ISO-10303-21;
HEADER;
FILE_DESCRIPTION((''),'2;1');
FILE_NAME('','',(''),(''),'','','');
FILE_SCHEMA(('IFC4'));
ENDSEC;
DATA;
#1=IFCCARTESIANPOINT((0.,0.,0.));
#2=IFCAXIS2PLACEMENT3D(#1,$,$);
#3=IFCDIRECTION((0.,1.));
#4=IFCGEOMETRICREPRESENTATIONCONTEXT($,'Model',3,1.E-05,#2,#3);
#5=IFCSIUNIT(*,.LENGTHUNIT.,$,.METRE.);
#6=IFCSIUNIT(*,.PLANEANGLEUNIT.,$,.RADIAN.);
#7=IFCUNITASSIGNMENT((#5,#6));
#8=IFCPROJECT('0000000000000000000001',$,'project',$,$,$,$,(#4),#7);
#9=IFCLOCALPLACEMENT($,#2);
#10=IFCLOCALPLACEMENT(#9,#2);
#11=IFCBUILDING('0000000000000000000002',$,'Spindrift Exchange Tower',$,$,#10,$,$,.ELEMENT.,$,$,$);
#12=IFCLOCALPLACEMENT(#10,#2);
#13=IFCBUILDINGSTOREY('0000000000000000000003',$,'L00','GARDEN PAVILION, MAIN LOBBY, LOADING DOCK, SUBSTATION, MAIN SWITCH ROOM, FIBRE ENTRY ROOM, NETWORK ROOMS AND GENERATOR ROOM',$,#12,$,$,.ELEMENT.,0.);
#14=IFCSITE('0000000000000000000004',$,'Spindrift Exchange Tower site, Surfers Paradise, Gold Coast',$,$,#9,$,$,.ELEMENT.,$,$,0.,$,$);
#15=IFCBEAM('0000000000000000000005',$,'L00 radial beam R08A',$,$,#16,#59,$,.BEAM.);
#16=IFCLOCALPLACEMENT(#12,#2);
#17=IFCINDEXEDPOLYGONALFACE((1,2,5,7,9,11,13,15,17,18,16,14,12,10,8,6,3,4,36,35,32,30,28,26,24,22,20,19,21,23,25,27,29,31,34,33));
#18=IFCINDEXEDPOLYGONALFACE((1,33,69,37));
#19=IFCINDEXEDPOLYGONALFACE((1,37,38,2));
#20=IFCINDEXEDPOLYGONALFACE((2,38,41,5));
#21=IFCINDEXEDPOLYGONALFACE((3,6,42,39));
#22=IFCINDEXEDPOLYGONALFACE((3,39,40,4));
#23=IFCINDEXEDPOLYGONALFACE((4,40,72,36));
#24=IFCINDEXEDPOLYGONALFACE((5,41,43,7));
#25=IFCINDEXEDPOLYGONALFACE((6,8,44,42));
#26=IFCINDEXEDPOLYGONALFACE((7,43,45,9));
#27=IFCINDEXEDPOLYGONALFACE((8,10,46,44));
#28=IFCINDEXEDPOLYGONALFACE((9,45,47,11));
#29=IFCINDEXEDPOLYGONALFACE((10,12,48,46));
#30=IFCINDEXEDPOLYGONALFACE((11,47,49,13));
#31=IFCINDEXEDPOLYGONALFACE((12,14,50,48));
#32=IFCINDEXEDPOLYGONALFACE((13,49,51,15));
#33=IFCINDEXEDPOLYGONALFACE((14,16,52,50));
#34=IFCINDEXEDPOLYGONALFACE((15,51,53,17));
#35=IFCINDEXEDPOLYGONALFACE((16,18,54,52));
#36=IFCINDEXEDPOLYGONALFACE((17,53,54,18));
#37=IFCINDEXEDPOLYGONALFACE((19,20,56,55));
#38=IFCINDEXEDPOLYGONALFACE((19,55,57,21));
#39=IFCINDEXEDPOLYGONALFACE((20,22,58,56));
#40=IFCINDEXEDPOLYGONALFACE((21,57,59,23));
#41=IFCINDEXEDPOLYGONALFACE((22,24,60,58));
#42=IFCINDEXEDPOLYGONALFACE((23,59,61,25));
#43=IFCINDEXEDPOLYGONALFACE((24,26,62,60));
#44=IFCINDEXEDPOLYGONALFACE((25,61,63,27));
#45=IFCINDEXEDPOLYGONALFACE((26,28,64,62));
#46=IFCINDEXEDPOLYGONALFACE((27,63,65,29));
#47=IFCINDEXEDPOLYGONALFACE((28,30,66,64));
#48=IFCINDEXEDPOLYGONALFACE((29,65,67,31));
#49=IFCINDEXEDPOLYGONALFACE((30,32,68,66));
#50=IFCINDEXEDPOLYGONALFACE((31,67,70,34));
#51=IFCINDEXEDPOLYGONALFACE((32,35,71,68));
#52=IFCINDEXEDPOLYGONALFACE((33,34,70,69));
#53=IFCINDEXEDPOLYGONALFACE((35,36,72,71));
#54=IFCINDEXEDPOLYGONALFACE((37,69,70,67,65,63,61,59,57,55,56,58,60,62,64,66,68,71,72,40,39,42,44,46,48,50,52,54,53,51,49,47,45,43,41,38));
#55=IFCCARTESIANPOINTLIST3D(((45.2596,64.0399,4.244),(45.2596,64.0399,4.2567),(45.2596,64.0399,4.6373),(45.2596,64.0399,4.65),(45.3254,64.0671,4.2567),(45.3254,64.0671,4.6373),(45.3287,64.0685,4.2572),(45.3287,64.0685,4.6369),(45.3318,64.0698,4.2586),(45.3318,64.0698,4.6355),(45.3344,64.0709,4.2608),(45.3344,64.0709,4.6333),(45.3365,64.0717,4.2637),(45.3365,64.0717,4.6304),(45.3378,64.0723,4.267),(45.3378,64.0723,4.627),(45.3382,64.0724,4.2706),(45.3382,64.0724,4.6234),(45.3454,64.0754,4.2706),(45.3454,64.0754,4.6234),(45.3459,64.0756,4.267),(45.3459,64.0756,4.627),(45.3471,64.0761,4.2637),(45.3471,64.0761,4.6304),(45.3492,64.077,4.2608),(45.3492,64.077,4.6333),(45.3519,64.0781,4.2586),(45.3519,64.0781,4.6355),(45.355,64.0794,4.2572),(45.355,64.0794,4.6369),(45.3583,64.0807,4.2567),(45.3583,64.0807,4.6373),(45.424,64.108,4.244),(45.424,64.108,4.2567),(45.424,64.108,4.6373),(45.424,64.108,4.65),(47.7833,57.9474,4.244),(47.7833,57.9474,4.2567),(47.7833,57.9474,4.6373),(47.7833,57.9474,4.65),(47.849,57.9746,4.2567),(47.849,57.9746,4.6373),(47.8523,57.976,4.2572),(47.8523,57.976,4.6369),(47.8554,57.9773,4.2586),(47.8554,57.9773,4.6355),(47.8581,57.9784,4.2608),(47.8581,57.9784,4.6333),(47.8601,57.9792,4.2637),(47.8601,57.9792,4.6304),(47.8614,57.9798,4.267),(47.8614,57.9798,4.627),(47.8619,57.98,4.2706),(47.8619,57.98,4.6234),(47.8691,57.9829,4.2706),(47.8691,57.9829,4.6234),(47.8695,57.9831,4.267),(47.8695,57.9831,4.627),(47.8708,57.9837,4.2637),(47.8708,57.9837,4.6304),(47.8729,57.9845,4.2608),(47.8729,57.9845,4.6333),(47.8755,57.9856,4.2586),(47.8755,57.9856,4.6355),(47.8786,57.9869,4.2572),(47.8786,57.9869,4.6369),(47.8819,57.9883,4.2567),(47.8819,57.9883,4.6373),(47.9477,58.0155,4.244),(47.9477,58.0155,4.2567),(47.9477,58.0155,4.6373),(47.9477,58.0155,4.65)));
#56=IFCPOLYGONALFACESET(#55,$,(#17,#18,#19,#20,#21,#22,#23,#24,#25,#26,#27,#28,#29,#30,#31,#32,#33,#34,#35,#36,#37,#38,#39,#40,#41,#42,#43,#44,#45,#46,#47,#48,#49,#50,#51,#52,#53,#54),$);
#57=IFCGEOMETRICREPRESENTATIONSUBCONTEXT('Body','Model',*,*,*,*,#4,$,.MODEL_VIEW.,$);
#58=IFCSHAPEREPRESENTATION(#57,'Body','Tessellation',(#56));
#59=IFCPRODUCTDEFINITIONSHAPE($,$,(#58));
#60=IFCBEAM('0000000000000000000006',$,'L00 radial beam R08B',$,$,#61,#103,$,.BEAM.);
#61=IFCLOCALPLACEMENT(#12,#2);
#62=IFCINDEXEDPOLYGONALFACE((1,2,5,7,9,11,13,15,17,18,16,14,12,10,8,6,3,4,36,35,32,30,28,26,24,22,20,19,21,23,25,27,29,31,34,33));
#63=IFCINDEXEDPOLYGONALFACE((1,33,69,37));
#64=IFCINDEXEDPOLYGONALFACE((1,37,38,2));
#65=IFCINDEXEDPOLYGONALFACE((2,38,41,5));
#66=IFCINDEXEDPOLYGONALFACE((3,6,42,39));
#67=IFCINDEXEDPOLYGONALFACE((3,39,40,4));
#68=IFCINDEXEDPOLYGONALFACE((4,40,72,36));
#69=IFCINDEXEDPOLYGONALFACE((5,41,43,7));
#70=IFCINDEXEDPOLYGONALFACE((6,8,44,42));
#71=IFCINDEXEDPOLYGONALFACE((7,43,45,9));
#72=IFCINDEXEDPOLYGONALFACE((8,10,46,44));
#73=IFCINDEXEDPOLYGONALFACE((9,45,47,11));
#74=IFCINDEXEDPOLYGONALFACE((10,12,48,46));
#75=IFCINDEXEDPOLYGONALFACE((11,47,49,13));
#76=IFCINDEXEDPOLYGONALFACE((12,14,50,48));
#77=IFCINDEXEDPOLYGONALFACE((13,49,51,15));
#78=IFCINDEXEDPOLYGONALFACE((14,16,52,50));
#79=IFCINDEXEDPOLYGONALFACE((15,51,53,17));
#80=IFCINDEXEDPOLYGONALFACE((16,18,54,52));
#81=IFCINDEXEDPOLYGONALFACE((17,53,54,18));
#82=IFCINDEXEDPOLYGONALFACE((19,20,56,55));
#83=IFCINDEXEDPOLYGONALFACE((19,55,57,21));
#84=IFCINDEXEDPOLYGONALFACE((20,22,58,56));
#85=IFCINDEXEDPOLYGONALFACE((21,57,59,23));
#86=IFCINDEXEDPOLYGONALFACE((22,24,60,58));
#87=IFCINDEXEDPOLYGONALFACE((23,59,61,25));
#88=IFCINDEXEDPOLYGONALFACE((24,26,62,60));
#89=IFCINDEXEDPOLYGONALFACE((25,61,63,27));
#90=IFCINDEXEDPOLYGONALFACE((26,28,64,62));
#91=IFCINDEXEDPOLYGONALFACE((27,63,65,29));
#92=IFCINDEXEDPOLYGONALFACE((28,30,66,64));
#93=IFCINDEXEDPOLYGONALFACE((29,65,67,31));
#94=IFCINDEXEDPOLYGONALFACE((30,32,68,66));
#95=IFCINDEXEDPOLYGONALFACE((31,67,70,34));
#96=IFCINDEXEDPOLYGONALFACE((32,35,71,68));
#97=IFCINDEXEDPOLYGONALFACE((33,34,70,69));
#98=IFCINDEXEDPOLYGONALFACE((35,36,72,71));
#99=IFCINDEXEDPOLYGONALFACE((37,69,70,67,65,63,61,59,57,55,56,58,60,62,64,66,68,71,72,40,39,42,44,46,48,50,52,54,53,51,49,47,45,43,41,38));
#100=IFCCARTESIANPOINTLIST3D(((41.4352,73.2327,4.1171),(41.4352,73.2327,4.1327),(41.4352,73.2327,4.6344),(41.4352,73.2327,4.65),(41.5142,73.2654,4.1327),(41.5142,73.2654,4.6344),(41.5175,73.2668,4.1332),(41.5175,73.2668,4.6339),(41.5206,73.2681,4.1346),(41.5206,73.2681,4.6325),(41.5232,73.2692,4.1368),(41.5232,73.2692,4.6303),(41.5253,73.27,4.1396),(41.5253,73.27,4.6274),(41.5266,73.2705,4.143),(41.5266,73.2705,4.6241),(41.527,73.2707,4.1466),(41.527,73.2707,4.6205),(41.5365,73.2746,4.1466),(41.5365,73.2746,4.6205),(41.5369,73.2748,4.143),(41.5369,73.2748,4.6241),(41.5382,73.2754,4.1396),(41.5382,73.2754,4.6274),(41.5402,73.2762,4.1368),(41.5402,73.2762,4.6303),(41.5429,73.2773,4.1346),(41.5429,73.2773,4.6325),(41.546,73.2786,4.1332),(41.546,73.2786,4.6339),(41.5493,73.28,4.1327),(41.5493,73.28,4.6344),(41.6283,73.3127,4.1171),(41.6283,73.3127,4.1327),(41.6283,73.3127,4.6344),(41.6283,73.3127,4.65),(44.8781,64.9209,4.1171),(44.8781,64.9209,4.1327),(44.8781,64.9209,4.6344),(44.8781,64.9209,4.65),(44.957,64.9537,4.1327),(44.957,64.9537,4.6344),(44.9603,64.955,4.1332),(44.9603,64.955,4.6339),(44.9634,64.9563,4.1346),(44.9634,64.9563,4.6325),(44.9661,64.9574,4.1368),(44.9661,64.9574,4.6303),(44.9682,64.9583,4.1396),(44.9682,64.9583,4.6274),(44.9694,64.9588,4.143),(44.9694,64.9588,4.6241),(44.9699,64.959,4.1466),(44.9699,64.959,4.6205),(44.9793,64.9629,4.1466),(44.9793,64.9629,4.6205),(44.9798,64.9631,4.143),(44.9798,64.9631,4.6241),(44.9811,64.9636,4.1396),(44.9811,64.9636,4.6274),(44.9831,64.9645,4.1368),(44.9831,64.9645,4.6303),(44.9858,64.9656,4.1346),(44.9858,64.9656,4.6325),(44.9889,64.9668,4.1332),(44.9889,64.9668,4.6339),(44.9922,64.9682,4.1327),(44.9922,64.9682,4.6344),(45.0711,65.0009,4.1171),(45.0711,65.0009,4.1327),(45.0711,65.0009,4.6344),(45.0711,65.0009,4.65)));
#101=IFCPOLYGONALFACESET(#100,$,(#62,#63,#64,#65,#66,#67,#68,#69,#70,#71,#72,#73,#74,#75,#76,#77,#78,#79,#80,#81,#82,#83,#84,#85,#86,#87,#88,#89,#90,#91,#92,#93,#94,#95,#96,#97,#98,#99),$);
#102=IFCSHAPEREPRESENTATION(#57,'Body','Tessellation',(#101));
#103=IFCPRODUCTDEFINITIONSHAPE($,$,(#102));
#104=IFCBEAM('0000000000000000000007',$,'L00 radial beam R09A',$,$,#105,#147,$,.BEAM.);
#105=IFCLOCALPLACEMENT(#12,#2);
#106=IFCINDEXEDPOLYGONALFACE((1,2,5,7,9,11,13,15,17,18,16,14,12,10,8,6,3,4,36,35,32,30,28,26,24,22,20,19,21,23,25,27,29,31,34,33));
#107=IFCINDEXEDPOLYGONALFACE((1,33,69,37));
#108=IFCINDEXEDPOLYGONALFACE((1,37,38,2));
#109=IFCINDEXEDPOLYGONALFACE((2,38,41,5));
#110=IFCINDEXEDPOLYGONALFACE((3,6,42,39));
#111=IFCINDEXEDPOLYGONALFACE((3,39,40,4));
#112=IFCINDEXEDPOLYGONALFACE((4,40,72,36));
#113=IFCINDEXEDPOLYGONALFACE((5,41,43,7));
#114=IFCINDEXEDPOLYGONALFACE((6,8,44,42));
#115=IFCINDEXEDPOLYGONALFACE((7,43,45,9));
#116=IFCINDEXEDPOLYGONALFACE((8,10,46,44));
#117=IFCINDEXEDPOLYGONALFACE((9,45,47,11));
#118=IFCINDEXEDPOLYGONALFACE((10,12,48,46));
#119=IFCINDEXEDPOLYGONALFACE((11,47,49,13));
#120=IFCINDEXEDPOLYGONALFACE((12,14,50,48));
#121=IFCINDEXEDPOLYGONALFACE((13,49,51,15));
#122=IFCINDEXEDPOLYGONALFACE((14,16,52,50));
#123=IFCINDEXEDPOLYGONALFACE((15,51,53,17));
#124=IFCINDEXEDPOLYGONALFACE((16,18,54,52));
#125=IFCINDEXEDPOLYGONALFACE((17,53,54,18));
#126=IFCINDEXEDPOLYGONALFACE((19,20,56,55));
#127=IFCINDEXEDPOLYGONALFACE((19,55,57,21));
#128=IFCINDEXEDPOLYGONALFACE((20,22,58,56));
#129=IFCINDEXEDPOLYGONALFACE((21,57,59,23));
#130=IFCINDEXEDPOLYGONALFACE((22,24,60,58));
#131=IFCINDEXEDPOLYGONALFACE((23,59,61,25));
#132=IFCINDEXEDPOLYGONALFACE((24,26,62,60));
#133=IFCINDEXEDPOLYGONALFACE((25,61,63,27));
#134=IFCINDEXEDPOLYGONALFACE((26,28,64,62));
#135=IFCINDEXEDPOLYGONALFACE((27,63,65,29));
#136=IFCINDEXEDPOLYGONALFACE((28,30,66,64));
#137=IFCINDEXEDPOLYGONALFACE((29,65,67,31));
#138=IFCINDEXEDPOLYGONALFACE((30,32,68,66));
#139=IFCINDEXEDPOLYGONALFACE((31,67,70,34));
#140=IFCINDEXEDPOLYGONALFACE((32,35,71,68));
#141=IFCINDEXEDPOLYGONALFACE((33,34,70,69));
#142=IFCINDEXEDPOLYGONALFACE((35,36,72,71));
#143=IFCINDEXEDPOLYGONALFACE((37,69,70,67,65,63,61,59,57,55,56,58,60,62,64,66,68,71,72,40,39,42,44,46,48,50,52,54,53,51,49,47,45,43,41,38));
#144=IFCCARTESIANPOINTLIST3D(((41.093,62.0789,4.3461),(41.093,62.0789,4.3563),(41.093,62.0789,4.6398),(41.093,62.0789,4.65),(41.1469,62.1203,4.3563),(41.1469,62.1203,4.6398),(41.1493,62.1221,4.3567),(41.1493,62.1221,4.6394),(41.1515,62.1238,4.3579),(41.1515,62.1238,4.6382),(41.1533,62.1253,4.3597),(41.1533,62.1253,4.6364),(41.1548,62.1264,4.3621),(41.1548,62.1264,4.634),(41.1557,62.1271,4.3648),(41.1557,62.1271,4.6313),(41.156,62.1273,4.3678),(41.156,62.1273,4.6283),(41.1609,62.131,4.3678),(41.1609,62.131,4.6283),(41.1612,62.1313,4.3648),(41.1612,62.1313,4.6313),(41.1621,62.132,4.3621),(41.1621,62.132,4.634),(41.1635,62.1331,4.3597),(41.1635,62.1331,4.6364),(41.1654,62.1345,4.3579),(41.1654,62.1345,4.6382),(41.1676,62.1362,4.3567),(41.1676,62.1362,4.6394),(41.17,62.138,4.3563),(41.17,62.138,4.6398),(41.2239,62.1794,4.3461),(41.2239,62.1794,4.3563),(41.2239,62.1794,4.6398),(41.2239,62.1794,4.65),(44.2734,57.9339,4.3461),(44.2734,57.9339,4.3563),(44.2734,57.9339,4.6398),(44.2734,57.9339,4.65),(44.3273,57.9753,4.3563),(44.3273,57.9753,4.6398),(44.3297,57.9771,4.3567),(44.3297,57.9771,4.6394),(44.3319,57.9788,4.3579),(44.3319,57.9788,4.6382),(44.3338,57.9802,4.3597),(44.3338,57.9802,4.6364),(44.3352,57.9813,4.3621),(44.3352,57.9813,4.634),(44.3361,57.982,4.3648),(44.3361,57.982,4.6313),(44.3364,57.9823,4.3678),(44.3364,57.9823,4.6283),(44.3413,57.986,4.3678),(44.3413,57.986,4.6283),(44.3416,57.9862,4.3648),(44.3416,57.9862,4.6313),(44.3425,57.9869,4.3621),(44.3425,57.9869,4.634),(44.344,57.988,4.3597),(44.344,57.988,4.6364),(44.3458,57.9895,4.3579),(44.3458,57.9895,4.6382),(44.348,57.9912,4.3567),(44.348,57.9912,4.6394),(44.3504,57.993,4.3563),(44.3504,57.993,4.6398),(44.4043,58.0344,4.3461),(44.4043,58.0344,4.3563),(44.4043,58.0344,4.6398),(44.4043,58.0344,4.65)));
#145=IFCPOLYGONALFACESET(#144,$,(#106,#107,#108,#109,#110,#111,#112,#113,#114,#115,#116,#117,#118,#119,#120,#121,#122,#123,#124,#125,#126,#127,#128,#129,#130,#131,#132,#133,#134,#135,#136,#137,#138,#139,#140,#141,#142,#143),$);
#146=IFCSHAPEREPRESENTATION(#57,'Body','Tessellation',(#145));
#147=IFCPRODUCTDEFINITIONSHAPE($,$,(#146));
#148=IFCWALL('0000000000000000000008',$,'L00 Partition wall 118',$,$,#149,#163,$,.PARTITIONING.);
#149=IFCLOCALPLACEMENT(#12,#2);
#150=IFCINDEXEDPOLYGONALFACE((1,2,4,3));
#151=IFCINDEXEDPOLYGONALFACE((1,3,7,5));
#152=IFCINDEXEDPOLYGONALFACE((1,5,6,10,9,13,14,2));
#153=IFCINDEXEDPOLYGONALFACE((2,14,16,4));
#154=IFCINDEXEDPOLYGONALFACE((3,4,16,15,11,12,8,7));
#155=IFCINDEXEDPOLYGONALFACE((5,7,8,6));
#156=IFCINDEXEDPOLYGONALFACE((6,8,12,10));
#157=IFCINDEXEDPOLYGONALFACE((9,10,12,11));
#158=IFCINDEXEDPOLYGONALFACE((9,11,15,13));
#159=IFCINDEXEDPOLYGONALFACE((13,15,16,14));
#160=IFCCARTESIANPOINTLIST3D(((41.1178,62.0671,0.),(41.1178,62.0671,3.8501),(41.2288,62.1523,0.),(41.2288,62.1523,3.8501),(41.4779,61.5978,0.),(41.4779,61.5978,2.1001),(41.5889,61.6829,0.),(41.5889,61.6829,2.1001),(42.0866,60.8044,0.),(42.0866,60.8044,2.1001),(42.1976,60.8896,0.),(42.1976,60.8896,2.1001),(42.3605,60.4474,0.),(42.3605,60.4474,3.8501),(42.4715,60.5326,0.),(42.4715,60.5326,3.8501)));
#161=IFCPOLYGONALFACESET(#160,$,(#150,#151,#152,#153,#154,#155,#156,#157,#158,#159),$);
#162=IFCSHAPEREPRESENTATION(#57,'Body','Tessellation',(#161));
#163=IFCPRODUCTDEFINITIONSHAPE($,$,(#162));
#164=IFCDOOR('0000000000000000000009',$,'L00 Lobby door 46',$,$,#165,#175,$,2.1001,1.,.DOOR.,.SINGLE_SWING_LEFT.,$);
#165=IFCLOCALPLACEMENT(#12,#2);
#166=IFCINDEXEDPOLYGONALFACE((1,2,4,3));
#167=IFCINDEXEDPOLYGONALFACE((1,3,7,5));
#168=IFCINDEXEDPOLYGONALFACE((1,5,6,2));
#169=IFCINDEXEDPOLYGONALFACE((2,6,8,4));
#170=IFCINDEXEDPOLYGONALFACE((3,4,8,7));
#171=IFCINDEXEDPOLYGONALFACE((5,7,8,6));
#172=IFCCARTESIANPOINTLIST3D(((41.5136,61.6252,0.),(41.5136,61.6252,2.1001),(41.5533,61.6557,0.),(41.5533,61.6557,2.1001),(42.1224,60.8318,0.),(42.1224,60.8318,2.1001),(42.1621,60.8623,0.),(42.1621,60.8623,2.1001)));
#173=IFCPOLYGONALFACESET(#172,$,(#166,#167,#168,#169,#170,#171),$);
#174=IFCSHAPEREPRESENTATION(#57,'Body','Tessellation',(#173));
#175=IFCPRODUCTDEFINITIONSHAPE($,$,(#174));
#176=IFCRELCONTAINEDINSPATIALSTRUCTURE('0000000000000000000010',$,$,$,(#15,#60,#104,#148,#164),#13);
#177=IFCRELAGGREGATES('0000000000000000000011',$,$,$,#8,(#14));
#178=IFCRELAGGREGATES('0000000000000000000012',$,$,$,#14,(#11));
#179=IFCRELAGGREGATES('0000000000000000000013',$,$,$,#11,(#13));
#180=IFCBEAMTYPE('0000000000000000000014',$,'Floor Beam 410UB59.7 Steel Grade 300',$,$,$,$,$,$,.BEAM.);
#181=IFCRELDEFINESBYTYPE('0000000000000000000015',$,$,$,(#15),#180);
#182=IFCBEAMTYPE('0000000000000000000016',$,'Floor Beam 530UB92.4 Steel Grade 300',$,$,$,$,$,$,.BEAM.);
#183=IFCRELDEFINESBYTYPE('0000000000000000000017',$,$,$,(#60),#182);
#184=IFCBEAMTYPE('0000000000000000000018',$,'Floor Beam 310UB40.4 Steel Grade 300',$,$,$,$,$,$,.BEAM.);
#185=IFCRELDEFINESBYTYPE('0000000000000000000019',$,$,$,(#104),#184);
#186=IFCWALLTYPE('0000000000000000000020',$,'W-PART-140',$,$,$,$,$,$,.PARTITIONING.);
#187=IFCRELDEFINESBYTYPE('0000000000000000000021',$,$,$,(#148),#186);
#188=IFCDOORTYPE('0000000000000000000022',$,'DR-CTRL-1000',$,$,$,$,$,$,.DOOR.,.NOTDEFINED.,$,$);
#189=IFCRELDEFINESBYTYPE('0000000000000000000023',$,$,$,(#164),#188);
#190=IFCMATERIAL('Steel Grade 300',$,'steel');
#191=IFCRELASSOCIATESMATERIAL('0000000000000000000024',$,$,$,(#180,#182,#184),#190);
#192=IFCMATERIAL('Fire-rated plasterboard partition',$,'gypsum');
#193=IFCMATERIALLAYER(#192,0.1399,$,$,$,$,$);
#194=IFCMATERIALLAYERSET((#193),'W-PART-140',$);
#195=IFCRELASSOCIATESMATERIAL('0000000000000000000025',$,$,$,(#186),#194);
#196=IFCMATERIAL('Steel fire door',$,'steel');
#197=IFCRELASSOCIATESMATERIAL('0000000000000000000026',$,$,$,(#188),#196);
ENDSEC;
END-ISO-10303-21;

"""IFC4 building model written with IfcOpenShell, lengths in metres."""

from ifc_helpers import new_model, si_unit, direction, frame, frame_2d, origin, origin_2d, place, context, subcontext, project, spatial, rectangle, i_section, extrude, source, transform, mapped, material, layer, layer_set, material_profile, profile_set, type_object, element, fill, save


model = new_model("IFC4")

# Units and contexts
model_context = context("Model", 3, precision=1e-05, world=origin(), true_north=direction((0.0, 1.0)))
body_context = subcontext(model_context, "Body", "Model", "MODEL_VIEW")
ifc_project = project(units=[si_unit("LENGTHUNIT", "METRE"), si_unit("PLANEANGLEUNIT", "RADIAN")], contexts=[model_context])

# Site, building, storey
site_placement = place(None, origin())
site = spatial("IfcSite", under=ifc_project, at=site_placement, Name="Spindrift Exchange Tower site, Surfers Paradise, Gold Coast", CompositionType="ELEMENT", RefElevation=0.0)
building_placement = place(site_placement, origin())
building = spatial("IfcBuilding", under=site, at=building_placement, Name="Spindrift Exchange Tower", CompositionType="ELEMENT")
storey_placement = place(building_placement, origin())
storey = spatial("IfcBuildingStorey", under=building, at=storey_placement, Name="L00", Description="GARDEN PAVILION, MAIN LOBBY, LOADING DOCK, SUBSTATION, MAIN SWITCH ROOM, FIBRE ENTRY ROOM, NETWORK ROOMS AND GENERATOR ROOM", CompositionType="ELEMENT", Elevation=0.0)

# Beams
ifc_material_1 = material(Name="Steel Grade 300", Category="steel")
ifc_material_profile_1 = material_profile(ifc_material_1, i_section(OverallWidth=0.178, OverallDepth=0.406, WebThickness=0.0078, FlangeThickness=0.0127, FilletRadius=0.0139, at=origin_2d()), Name="410UB59.7")
ifc_profile_set_1 = profile_set([ifc_material_profile_1], Name="Steel Grade 300")
beam_type_1 = type_object("IfcBeamType", Name="Floor Beam 410UB59.7 Steel Grade 300", PredefinedType="BEAM", material=ifc_profile_set_1)
ifc_material_profile_2 = material_profile(ifc_material_1, i_section(OverallWidth=0.209, OverallDepth=0.533, WebThickness=0.0103, FlangeThickness=0.0156, FilletRadius=0.0139, at=origin_2d()), Name="530UB92.4")
ifc_profile_set_2 = profile_set([ifc_material_profile_2], Name="Steel Grade 300")
beam_type_2 = type_object("IfcBeamType", Name="Floor Beam 530UB92.4 Steel Grade 300", PredefinedType="BEAM", material=ifc_profile_set_2)
shared_shape_1 = source(origin(), body_context, "Body", "SweptSolid", [
    extrude(i_section(OverallWidth=0.178, OverallDepth=0.406, WebThickness=0.0078, FlangeThickness=0.0127, FilletRadius=0.0139, at=origin_2d()), origin(), (0.0, 0.0, 1.0), 6.5945),
])
beam_1_placement = place(storey_placement, frame((47.8655, 57.9814, 4.447), z_axis=(-0.382693, 0.923876, 0.0), x_axis=(-0.923876, -0.382693, 0.0)))
element("IfcBeam", 1, at=beam_1_placement, inside=storey, type_object=beam_type_1, Name="L00 radial beam R08A", PredefinedType="BEAM", context=body_context, shape_type="MappedRepresentation", body=[
    mapped(shared_shape_1, transform((0.0, 0.0, 0.0), scale=1.0)),
])
shared_shape_2 = source(origin(), body_context, "Body", "SweptSolid", [
    extrude(i_section(OverallWidth=0.209, OverallDepth=0.533, WebThickness=0.0103, FlangeThickness=0.0156, FilletRadius=0.0139, at=origin_2d()), origin(), (0.0, 0.0, 1.0), 8.9966),
])
beam_2_placement = place(storey_placement, frame((44.9746, 64.9609, 4.3835), z_axis=(-0.382686, 0.923879, 0.0), x_axis=(-0.923879, -0.382686, 0.0)))
element("IfcBeam", 2, at=beam_2_placement, inside=storey, type_object=beam_type_2, Name="L00 radial beam R08B", PredefinedType="BEAM", context=body_context, shape_type="MappedRepresentation", body=[
    mapped(shared_shape_2, transform((0.0, 0.0, 0.0), scale=1.0)),
])
ifc_material_profile_3 = material_profile(ifc_material_1, i_section(OverallWidth=0.165, OverallDepth=0.304, WebThickness=0.0061, FlangeThickness=0.0103, FilletRadius=0.0115, at=origin_2d()), Name="310UB40.4")
ifc_profile_set_3 = profile_set([ifc_material_profile_3], Name="Steel Grade 300")
beam_type_3 = type_object("IfcBeamType", Name="Floor Beam 310UB40.4 Steel Grade 300", PredefinedType="BEAM", material=ifc_profile_set_3)
shared_shape_3 = source(origin(), body_context, "Body", "SweptSolid", [
    extrude(i_section(OverallWidth=0.165, OverallDepth=0.304, WebThickness=0.0061, FlangeThickness=0.0103, FilletRadius=0.0115, at=origin_2d()), origin(), (0.0, 0.0, 1.0), 5.2246),
])
beam_3_placement = place(storey_placement, frame((44.3389, 57.9841, 4.498), z_axis=(-0.608741, 0.793369, 0.0), x_axis=(-0.793369, -0.608741, 0.0)))
element("IfcBeam", 3, at=beam_3_placement, inside=storey, type_object=beam_type_3, Name="L00 radial beam R09A", PredefinedType="BEAM", context=body_context, shape_type="MappedRepresentation", body=[
    mapped(shared_shape_3, transform((0.0, 0.0, 0.0), scale=1.0)),
])

# Wall, opening, door
ifc_material_2 = material(Name="Fire-rated plasterboard partition", Category="gypsum")
ifc_layer_1 = layer(ifc_material_2, 0.1399)
ifc_layer_set_1 = layer_set([ifc_layer_1], Name="W-PART-140")
wall_type_1 = type_object("IfcWallType", Name="W-PART-140", PredefinedType="PARTITIONING", material=ifc_layer_set_1)
wall_1_placement = place(storey_placement, frame((42.416, 60.49, 0.0), z_axis=(0.0, 0.0, 1.0), x_axis=(-0.608728, 0.793379, 0.0)))
wall_1 = element("IfcWall", 4, at=wall_1_placement, inside=storey, type_object=wall_type_1, Name="L00 Partition wall 118", PredefinedType="PARTITIONING", context=body_context, shape_type="SweptSolid", body=[
    extrude(rectangle(XDim=2.0415, YDim=0.1399, at=frame_2d((1.0208, 0.0))), origin(), (0.0, 0.0, 1.0), 3.8501),
])
opening_placement = place(wall_1_placement, frame((0.45, 0.0, 0.0)))
opening = element("IfcOpeningElement", 5, at=opening_placement, cuts=wall_1, PredefinedType="OPENING", context=body_context, shape_type="SweptSolid", body=[
    extrude(rectangle(XDim=1.0, YDim=2.1001, at=frame_2d((0.5, 1.05))), frame((0.0, 0.0798, 0.0), z_axis=(0.0, -1.0, 0.0), x_axis=(1.0, 0.0, 0.0)), (0.0, 0.0, 1.0), 0.1599),
])
ifc_material_3 = material(Name="Steel fire door", Category="steel")
door_type = type_object("IfcDoorType", Name="DR-CTRL-1000", OperationType="NOTDEFINED", PredefinedType="DOOR", material=ifc_material_3)
shared_shape_4 = source(origin(), body_context, "Body", "SweptSolid", [
    extrude(rectangle(XDim=1.0, YDim=2.1001, at=frame_2d((0.5, 1.05))), frame((0.0, 0.0249, 0.0), z_axis=(0.0, -1.0, 0.0), x_axis=(1.0, 0.0, 0.0)), (0.0, 0.0, 1.0), 0.05),
])
door_placement = place(opening_placement, origin())
door = element("IfcDoor", 6, at=door_placement, inside=storey, type_object=door_type, Name="L00 Lobby door 46", OperationType="SINGLE_SWING_LEFT", OverallHeight=2.1001, OverallWidth=1.0, PredefinedType="DOOR", context=body_context, shape_type="MappedRepresentation", body=[
    mapped(shared_shape_4, transform((0.0, 0.0, 0.0), scale=1.0)),
])
fill(opening, door)

save(model, "model.ifc")
